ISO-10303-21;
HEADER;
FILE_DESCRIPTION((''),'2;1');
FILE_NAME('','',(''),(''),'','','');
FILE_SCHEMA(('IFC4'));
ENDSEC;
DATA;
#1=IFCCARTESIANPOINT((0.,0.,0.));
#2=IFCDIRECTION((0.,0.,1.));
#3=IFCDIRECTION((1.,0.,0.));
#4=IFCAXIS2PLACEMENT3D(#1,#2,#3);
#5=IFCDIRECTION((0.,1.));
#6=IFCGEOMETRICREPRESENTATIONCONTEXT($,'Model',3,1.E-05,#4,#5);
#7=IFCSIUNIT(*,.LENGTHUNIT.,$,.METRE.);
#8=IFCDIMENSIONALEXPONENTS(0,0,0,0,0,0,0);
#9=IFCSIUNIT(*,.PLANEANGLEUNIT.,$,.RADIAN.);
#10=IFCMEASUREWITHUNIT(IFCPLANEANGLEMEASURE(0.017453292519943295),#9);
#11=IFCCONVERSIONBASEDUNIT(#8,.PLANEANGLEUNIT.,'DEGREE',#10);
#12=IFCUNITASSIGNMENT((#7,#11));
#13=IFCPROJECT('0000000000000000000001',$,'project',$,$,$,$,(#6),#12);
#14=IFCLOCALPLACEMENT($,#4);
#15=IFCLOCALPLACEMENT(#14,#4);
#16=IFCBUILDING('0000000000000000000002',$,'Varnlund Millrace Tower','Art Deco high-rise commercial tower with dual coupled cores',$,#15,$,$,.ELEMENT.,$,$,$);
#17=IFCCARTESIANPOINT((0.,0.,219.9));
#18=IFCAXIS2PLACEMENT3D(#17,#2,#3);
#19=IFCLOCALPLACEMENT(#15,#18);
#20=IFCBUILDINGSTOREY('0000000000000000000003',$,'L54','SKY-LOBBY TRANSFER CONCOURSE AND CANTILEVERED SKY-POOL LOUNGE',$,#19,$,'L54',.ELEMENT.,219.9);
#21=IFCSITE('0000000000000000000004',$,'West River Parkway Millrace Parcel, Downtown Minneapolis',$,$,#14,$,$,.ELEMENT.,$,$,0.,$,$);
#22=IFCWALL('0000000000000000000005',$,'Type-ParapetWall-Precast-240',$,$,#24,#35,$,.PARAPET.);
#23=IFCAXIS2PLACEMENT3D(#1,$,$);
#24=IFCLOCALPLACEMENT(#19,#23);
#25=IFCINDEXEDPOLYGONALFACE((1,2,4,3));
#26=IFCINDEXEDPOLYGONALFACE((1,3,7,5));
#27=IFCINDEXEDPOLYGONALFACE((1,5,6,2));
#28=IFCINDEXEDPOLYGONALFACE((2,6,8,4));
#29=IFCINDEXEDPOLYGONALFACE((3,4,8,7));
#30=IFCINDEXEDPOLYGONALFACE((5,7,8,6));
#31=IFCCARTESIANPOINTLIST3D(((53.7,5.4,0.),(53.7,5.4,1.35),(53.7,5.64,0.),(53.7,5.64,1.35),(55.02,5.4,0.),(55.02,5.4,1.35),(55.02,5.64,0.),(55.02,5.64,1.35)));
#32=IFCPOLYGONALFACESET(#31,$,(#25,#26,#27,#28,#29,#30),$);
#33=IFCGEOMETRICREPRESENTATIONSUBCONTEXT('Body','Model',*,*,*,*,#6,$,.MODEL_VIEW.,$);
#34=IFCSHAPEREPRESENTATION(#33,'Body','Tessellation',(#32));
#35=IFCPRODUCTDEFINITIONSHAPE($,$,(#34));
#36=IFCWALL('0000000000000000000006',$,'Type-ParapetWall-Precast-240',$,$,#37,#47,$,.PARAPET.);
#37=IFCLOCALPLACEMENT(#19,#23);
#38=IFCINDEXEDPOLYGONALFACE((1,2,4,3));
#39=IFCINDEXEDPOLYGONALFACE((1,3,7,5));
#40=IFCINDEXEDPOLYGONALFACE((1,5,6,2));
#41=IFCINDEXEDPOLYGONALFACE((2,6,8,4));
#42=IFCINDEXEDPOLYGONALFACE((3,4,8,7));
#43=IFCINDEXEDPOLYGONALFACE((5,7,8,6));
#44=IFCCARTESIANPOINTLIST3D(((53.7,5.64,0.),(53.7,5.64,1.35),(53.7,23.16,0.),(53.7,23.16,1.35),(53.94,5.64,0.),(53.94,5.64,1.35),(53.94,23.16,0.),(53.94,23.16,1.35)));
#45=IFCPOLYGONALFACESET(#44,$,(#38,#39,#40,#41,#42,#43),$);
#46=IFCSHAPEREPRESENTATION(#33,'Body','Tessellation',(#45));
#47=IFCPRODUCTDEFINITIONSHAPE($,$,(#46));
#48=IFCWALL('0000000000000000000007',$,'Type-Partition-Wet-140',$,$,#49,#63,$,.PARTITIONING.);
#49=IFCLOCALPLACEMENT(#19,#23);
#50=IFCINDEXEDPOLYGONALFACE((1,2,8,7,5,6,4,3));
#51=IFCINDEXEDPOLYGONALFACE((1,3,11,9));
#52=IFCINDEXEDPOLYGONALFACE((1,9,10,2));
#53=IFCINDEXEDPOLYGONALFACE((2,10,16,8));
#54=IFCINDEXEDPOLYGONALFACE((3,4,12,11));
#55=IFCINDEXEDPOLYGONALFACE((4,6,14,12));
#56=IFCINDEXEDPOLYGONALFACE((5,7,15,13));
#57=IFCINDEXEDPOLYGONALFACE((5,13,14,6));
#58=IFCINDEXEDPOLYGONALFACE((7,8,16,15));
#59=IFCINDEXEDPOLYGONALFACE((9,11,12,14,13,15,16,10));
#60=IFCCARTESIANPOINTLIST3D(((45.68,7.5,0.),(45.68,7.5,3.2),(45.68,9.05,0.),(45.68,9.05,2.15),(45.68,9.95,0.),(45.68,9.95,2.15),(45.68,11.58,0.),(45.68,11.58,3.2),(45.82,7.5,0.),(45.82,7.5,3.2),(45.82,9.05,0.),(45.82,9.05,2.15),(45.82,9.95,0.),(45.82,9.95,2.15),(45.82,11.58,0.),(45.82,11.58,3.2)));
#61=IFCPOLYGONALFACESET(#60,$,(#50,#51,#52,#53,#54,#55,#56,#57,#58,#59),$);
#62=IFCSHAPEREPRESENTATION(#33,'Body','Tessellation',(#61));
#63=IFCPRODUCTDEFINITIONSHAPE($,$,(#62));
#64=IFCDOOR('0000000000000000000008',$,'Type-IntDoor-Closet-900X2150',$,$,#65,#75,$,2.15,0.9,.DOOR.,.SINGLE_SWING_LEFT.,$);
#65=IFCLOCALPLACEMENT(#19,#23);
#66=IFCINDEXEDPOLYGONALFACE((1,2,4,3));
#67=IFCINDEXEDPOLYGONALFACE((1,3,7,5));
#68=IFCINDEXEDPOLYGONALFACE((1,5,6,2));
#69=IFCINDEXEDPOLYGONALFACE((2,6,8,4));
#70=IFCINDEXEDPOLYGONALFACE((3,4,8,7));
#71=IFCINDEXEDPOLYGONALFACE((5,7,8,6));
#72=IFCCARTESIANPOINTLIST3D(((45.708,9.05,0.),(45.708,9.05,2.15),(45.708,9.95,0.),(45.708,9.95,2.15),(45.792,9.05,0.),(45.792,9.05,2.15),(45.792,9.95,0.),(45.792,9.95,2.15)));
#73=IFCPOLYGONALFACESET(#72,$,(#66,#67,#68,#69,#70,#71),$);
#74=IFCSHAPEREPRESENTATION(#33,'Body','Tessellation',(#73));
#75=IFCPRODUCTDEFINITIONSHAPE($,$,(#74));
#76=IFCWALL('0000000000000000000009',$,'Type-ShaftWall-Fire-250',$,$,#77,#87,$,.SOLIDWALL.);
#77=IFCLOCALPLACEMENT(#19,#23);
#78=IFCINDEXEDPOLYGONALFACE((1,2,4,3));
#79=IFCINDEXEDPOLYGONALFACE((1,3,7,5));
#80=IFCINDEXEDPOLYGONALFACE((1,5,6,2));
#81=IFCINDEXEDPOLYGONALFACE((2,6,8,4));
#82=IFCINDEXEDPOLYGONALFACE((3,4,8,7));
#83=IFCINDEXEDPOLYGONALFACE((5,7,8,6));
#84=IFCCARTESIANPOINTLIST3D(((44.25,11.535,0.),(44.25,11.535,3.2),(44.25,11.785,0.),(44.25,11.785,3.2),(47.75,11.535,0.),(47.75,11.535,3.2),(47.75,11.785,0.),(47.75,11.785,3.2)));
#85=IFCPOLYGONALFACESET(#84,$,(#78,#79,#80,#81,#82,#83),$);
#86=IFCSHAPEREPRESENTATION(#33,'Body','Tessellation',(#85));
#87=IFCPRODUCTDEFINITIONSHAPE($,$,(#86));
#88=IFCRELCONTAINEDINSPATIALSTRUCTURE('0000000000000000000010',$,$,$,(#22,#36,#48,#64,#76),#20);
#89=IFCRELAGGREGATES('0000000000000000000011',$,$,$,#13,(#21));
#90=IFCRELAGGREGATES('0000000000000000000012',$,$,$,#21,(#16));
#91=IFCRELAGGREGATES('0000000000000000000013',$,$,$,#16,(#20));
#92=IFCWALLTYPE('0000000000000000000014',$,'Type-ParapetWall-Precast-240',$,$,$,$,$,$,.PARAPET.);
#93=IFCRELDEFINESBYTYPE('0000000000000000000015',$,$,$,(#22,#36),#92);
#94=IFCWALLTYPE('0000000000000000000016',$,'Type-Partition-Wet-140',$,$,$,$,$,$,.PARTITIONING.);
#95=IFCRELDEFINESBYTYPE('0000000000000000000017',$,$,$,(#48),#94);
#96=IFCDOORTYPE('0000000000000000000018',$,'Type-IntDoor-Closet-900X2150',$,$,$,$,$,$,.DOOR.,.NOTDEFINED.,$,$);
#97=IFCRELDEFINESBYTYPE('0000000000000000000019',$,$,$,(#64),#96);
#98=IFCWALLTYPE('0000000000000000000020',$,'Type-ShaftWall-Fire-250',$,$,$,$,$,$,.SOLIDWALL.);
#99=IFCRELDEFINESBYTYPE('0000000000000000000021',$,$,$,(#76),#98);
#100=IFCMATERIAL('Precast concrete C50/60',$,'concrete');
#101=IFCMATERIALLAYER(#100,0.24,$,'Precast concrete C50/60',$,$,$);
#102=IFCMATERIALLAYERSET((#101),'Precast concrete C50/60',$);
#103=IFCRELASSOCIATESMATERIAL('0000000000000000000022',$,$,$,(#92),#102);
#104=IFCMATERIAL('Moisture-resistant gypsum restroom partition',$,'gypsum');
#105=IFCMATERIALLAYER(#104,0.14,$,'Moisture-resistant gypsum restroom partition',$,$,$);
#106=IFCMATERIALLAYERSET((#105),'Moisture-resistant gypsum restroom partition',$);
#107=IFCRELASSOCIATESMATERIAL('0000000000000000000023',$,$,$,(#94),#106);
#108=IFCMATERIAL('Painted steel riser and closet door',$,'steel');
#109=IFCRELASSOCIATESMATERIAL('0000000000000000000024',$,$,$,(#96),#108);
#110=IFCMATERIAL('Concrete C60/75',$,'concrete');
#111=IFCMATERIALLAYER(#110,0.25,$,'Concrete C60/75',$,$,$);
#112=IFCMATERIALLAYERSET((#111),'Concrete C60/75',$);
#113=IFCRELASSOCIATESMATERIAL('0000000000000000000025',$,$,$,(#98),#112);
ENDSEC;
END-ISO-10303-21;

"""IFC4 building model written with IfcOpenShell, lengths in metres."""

from ifc_helpers import new_model, entity, si_unit, converted_unit, direction, frame, origin_with_axes, origin_2d_with_axis, place, context, subcontext, project, spatial, polyline, rectangle, outline, extrude, material, layer, layer_set, type_object, element, fill, save


model = new_model("IFC4")

# Units and contexts
model_context = context("Model", 3, precision=1e-05, world=origin_with_axes(), true_north=direction((0.0, 1.0)))
body_context = subcontext(model_context, "Body", "Model", "MODEL_VIEW")
ifc_project = project(units=[si_unit("LENGTHUNIT", "METRE"), converted_unit("PLANEANGLEUNIT", "DEGREE", entity("IfcPlaneAngleMeasure", 0.017453292519943295), si_unit("PLANEANGLEUNIT", "RADIAN"), dimensions=[0, 0, 0, 0, 0, 0, 0])], contexts=[model_context])

# Site, building, storey
site_placement = place(None, origin_with_axes())
site = spatial("IfcSite", under=ifc_project, at=site_placement, Name="West River Parkway Millrace Parcel, Downtown Minneapolis", CompositionType="ELEMENT", RefElevation=0.0)
building_placement = place(site_placement, origin_with_axes())
building = spatial("IfcBuilding", under=site, at=building_placement, Name="Varnlund Millrace Tower", Description="Art Deco high-rise commercial tower with dual coupled cores", CompositionType="ELEMENT")
storey_placement = place(building_placement, frame((0.0, 0.0, 219.9), z_axis=(0.0, 0.0, 1.0), x_axis=(1.0, 0.0, 0.0)))
storey = spatial("IfcBuildingStorey", under=building, at=storey_placement, Name="L54", Description="SKY-LOBBY TRANSFER CONCOURSE AND CANTILEVERED SKY-POOL LOUNGE", LongName="L54", CompositionType="ELEMENT", Elevation=219.9)

# Walls
ifc_material_1 = material(Name="Precast concrete C50/60", Category="concrete")
ifc_layer_1 = layer(ifc_material_1, 0.24, Name="Precast concrete C50/60")
ifc_layer_set_1 = layer_set([ifc_layer_1], Name="Precast concrete C50/60")
wall_type_1 = type_object("IfcWallType", Name="Type-ParapetWall-Precast-240", PredefinedType="PARAPET", material=ifc_layer_set_1)
wall_1_placement = place(storey_placement, frame((53.7, 5.52, 0.0), z_axis=(0.0, 0.0, 1.0), x_axis=(1.0, 0.0, 0.0)))
element("IfcWall", 1, at=wall_1_placement, inside=storey, type_object=wall_type_1, Name="Type-ParapetWall-Precast-240", PredefinedType="PARAPET", context=body_context, shape_type="SweptSolid", body=[
    extrude(outline(polyline([(0.0, -0.12), (1.32, -0.12), (1.32, 0.12), (0.0, 0.12), (0.0, -0.12)])), origin_with_axes(), (0.0, 0.0, 1.0), 1.35),
])
wall_2_placement = place(storey_placement, frame((53.82, 5.64, 0.0), z_axis=(0.0, 0.0, 1.0), x_axis=(0.0, 1.0, 0.0)))
element("IfcWall", 2, at=wall_2_placement, inside=storey, type_object=wall_type_1, Name="Type-ParapetWall-Precast-240", PredefinedType="PARAPET", context=body_context, shape_type="SweptSolid", body=[
    extrude(outline(polyline([(0.0, -0.12), (17.52, -0.12), (17.52, 0.12), (0.0, 0.12), (0.0, -0.12)])), origin_with_axes(), (0.0, 0.0, 1.0), 1.35),
])

# Wall, opening, door
ifc_material_2 = material(Name="Moisture-resistant gypsum restroom partition", Category="gypsum")
ifc_layer_2 = layer(ifc_material_2, 0.14, Name="Moisture-resistant gypsum restroom partition")
ifc_layer_set_2 = layer_set([ifc_layer_2], Name="Moisture-resistant gypsum restroom partition")
wall_type_2 = type_object("IfcWallType", Name="Type-Partition-Wet-140", PredefinedType="PARTITIONING", material=ifc_layer_set_2)
wall_3_placement = place(storey_placement, frame((45.75, 7.5, 0.0), z_axis=(0.0, 0.0, 1.0), x_axis=(0.0, 1.0, 0.0)))
wall_3 = element("IfcWall", 3, at=wall_3_placement, inside=storey, type_object=wall_type_2, Name="Type-Partition-Wet-140", PredefinedType="PARTITIONING", context=body_context, shape_type="SweptSolid", body=[
    extrude(outline(polyline([(0.0, -0.07), (4.08, -0.07), (4.08, 0.07), (0.0, 0.07), (0.0, -0.07)])), origin_with_axes(), (0.0, 0.0, 1.0), 3.2),
])
opening_1_placement = place(wall_3_placement, frame((2.0, 0.0, 0.0), z_axis=(0.0, 0.0, 1.0), x_axis=(1.0, 0.0, 0.0)))
opening_1 = element("IfcOpeningElement", 4, at=opening_1_placement, cuts=wall_3, PredefinedType="OPENING", context=body_context, shape_type="SweptSolid", body=[
    extrude(rectangle(XDim=0.9, YDim=0.16, at=origin_2d_with_axis()), origin_with_axes(), (0.0, 0.0, 1.0), 2.15),
])
ifc_material_3 = material(Name="Painted steel riser and closet door", Category="steel")
door_type_1 = type_object("IfcDoorType", Name="Type-IntDoor-Closet-900X2150", OperationType="NOTDEFINED", PredefinedType="DOOR", material=ifc_material_3)
door_1_placement = place(wall_3_placement, frame((2.0, 0.0, 0.0), z_axis=(0.0, 0.0, 1.0), x_axis=(1.0, 0.0, 0.0)))
door_1 = element("IfcDoor", 5, at=door_1_placement, inside=storey, type_object=door_type_1, Name="Type-IntDoor-Closet-900X2150", OperationType="SINGLE_SWING_LEFT", OverallHeight=2.15, OverallWidth=0.9, PredefinedType="DOOR", context=body_context, shape_type="SweptSolid", body=[
    extrude(rectangle(XDim=0.9, YDim=0.084, at=origin_2d_with_axis()), origin_with_axes(), (0.0, 0.0, 1.0), 2.15),
])
fill(opening_1, door_1)

# Wall
ifc_material_4 = material(Name="Concrete C60/75", Category="concrete")
ifc_layer_3 = layer(ifc_material_4, 0.25, Name="Concrete C60/75")
ifc_layer_set_3 = layer_set([ifc_layer_3], Name="Concrete C60/75")
wall_type_3 = type_object("IfcWallType", Name="Type-ShaftWall-Fire-250", PredefinedType="SOLIDWALL", material=ifc_layer_set_3)
wall_4_placement = place(storey_placement, frame((44.25, 11.66, 0.0), z_axis=(0.0, 0.0, 1.0), x_axis=(1.0, 0.0, 0.0)))
element("IfcWall", 6, at=wall_4_placement, inside=storey, type_object=wall_type_3, Name="Type-ShaftWall-Fire-250", PredefinedType="SOLIDWALL", context=body_context, shape_type="SweptSolid", body=[
    extrude(outline(polyline([(0.0, -0.125), (3.5, -0.125), (3.5, 0.125), (0.0, 0.125), (0.0, -0.125)])), origin_with_axes(), (0.0, 0.0, 1.0), 3.2),
])

save(model, "model.ifc")
